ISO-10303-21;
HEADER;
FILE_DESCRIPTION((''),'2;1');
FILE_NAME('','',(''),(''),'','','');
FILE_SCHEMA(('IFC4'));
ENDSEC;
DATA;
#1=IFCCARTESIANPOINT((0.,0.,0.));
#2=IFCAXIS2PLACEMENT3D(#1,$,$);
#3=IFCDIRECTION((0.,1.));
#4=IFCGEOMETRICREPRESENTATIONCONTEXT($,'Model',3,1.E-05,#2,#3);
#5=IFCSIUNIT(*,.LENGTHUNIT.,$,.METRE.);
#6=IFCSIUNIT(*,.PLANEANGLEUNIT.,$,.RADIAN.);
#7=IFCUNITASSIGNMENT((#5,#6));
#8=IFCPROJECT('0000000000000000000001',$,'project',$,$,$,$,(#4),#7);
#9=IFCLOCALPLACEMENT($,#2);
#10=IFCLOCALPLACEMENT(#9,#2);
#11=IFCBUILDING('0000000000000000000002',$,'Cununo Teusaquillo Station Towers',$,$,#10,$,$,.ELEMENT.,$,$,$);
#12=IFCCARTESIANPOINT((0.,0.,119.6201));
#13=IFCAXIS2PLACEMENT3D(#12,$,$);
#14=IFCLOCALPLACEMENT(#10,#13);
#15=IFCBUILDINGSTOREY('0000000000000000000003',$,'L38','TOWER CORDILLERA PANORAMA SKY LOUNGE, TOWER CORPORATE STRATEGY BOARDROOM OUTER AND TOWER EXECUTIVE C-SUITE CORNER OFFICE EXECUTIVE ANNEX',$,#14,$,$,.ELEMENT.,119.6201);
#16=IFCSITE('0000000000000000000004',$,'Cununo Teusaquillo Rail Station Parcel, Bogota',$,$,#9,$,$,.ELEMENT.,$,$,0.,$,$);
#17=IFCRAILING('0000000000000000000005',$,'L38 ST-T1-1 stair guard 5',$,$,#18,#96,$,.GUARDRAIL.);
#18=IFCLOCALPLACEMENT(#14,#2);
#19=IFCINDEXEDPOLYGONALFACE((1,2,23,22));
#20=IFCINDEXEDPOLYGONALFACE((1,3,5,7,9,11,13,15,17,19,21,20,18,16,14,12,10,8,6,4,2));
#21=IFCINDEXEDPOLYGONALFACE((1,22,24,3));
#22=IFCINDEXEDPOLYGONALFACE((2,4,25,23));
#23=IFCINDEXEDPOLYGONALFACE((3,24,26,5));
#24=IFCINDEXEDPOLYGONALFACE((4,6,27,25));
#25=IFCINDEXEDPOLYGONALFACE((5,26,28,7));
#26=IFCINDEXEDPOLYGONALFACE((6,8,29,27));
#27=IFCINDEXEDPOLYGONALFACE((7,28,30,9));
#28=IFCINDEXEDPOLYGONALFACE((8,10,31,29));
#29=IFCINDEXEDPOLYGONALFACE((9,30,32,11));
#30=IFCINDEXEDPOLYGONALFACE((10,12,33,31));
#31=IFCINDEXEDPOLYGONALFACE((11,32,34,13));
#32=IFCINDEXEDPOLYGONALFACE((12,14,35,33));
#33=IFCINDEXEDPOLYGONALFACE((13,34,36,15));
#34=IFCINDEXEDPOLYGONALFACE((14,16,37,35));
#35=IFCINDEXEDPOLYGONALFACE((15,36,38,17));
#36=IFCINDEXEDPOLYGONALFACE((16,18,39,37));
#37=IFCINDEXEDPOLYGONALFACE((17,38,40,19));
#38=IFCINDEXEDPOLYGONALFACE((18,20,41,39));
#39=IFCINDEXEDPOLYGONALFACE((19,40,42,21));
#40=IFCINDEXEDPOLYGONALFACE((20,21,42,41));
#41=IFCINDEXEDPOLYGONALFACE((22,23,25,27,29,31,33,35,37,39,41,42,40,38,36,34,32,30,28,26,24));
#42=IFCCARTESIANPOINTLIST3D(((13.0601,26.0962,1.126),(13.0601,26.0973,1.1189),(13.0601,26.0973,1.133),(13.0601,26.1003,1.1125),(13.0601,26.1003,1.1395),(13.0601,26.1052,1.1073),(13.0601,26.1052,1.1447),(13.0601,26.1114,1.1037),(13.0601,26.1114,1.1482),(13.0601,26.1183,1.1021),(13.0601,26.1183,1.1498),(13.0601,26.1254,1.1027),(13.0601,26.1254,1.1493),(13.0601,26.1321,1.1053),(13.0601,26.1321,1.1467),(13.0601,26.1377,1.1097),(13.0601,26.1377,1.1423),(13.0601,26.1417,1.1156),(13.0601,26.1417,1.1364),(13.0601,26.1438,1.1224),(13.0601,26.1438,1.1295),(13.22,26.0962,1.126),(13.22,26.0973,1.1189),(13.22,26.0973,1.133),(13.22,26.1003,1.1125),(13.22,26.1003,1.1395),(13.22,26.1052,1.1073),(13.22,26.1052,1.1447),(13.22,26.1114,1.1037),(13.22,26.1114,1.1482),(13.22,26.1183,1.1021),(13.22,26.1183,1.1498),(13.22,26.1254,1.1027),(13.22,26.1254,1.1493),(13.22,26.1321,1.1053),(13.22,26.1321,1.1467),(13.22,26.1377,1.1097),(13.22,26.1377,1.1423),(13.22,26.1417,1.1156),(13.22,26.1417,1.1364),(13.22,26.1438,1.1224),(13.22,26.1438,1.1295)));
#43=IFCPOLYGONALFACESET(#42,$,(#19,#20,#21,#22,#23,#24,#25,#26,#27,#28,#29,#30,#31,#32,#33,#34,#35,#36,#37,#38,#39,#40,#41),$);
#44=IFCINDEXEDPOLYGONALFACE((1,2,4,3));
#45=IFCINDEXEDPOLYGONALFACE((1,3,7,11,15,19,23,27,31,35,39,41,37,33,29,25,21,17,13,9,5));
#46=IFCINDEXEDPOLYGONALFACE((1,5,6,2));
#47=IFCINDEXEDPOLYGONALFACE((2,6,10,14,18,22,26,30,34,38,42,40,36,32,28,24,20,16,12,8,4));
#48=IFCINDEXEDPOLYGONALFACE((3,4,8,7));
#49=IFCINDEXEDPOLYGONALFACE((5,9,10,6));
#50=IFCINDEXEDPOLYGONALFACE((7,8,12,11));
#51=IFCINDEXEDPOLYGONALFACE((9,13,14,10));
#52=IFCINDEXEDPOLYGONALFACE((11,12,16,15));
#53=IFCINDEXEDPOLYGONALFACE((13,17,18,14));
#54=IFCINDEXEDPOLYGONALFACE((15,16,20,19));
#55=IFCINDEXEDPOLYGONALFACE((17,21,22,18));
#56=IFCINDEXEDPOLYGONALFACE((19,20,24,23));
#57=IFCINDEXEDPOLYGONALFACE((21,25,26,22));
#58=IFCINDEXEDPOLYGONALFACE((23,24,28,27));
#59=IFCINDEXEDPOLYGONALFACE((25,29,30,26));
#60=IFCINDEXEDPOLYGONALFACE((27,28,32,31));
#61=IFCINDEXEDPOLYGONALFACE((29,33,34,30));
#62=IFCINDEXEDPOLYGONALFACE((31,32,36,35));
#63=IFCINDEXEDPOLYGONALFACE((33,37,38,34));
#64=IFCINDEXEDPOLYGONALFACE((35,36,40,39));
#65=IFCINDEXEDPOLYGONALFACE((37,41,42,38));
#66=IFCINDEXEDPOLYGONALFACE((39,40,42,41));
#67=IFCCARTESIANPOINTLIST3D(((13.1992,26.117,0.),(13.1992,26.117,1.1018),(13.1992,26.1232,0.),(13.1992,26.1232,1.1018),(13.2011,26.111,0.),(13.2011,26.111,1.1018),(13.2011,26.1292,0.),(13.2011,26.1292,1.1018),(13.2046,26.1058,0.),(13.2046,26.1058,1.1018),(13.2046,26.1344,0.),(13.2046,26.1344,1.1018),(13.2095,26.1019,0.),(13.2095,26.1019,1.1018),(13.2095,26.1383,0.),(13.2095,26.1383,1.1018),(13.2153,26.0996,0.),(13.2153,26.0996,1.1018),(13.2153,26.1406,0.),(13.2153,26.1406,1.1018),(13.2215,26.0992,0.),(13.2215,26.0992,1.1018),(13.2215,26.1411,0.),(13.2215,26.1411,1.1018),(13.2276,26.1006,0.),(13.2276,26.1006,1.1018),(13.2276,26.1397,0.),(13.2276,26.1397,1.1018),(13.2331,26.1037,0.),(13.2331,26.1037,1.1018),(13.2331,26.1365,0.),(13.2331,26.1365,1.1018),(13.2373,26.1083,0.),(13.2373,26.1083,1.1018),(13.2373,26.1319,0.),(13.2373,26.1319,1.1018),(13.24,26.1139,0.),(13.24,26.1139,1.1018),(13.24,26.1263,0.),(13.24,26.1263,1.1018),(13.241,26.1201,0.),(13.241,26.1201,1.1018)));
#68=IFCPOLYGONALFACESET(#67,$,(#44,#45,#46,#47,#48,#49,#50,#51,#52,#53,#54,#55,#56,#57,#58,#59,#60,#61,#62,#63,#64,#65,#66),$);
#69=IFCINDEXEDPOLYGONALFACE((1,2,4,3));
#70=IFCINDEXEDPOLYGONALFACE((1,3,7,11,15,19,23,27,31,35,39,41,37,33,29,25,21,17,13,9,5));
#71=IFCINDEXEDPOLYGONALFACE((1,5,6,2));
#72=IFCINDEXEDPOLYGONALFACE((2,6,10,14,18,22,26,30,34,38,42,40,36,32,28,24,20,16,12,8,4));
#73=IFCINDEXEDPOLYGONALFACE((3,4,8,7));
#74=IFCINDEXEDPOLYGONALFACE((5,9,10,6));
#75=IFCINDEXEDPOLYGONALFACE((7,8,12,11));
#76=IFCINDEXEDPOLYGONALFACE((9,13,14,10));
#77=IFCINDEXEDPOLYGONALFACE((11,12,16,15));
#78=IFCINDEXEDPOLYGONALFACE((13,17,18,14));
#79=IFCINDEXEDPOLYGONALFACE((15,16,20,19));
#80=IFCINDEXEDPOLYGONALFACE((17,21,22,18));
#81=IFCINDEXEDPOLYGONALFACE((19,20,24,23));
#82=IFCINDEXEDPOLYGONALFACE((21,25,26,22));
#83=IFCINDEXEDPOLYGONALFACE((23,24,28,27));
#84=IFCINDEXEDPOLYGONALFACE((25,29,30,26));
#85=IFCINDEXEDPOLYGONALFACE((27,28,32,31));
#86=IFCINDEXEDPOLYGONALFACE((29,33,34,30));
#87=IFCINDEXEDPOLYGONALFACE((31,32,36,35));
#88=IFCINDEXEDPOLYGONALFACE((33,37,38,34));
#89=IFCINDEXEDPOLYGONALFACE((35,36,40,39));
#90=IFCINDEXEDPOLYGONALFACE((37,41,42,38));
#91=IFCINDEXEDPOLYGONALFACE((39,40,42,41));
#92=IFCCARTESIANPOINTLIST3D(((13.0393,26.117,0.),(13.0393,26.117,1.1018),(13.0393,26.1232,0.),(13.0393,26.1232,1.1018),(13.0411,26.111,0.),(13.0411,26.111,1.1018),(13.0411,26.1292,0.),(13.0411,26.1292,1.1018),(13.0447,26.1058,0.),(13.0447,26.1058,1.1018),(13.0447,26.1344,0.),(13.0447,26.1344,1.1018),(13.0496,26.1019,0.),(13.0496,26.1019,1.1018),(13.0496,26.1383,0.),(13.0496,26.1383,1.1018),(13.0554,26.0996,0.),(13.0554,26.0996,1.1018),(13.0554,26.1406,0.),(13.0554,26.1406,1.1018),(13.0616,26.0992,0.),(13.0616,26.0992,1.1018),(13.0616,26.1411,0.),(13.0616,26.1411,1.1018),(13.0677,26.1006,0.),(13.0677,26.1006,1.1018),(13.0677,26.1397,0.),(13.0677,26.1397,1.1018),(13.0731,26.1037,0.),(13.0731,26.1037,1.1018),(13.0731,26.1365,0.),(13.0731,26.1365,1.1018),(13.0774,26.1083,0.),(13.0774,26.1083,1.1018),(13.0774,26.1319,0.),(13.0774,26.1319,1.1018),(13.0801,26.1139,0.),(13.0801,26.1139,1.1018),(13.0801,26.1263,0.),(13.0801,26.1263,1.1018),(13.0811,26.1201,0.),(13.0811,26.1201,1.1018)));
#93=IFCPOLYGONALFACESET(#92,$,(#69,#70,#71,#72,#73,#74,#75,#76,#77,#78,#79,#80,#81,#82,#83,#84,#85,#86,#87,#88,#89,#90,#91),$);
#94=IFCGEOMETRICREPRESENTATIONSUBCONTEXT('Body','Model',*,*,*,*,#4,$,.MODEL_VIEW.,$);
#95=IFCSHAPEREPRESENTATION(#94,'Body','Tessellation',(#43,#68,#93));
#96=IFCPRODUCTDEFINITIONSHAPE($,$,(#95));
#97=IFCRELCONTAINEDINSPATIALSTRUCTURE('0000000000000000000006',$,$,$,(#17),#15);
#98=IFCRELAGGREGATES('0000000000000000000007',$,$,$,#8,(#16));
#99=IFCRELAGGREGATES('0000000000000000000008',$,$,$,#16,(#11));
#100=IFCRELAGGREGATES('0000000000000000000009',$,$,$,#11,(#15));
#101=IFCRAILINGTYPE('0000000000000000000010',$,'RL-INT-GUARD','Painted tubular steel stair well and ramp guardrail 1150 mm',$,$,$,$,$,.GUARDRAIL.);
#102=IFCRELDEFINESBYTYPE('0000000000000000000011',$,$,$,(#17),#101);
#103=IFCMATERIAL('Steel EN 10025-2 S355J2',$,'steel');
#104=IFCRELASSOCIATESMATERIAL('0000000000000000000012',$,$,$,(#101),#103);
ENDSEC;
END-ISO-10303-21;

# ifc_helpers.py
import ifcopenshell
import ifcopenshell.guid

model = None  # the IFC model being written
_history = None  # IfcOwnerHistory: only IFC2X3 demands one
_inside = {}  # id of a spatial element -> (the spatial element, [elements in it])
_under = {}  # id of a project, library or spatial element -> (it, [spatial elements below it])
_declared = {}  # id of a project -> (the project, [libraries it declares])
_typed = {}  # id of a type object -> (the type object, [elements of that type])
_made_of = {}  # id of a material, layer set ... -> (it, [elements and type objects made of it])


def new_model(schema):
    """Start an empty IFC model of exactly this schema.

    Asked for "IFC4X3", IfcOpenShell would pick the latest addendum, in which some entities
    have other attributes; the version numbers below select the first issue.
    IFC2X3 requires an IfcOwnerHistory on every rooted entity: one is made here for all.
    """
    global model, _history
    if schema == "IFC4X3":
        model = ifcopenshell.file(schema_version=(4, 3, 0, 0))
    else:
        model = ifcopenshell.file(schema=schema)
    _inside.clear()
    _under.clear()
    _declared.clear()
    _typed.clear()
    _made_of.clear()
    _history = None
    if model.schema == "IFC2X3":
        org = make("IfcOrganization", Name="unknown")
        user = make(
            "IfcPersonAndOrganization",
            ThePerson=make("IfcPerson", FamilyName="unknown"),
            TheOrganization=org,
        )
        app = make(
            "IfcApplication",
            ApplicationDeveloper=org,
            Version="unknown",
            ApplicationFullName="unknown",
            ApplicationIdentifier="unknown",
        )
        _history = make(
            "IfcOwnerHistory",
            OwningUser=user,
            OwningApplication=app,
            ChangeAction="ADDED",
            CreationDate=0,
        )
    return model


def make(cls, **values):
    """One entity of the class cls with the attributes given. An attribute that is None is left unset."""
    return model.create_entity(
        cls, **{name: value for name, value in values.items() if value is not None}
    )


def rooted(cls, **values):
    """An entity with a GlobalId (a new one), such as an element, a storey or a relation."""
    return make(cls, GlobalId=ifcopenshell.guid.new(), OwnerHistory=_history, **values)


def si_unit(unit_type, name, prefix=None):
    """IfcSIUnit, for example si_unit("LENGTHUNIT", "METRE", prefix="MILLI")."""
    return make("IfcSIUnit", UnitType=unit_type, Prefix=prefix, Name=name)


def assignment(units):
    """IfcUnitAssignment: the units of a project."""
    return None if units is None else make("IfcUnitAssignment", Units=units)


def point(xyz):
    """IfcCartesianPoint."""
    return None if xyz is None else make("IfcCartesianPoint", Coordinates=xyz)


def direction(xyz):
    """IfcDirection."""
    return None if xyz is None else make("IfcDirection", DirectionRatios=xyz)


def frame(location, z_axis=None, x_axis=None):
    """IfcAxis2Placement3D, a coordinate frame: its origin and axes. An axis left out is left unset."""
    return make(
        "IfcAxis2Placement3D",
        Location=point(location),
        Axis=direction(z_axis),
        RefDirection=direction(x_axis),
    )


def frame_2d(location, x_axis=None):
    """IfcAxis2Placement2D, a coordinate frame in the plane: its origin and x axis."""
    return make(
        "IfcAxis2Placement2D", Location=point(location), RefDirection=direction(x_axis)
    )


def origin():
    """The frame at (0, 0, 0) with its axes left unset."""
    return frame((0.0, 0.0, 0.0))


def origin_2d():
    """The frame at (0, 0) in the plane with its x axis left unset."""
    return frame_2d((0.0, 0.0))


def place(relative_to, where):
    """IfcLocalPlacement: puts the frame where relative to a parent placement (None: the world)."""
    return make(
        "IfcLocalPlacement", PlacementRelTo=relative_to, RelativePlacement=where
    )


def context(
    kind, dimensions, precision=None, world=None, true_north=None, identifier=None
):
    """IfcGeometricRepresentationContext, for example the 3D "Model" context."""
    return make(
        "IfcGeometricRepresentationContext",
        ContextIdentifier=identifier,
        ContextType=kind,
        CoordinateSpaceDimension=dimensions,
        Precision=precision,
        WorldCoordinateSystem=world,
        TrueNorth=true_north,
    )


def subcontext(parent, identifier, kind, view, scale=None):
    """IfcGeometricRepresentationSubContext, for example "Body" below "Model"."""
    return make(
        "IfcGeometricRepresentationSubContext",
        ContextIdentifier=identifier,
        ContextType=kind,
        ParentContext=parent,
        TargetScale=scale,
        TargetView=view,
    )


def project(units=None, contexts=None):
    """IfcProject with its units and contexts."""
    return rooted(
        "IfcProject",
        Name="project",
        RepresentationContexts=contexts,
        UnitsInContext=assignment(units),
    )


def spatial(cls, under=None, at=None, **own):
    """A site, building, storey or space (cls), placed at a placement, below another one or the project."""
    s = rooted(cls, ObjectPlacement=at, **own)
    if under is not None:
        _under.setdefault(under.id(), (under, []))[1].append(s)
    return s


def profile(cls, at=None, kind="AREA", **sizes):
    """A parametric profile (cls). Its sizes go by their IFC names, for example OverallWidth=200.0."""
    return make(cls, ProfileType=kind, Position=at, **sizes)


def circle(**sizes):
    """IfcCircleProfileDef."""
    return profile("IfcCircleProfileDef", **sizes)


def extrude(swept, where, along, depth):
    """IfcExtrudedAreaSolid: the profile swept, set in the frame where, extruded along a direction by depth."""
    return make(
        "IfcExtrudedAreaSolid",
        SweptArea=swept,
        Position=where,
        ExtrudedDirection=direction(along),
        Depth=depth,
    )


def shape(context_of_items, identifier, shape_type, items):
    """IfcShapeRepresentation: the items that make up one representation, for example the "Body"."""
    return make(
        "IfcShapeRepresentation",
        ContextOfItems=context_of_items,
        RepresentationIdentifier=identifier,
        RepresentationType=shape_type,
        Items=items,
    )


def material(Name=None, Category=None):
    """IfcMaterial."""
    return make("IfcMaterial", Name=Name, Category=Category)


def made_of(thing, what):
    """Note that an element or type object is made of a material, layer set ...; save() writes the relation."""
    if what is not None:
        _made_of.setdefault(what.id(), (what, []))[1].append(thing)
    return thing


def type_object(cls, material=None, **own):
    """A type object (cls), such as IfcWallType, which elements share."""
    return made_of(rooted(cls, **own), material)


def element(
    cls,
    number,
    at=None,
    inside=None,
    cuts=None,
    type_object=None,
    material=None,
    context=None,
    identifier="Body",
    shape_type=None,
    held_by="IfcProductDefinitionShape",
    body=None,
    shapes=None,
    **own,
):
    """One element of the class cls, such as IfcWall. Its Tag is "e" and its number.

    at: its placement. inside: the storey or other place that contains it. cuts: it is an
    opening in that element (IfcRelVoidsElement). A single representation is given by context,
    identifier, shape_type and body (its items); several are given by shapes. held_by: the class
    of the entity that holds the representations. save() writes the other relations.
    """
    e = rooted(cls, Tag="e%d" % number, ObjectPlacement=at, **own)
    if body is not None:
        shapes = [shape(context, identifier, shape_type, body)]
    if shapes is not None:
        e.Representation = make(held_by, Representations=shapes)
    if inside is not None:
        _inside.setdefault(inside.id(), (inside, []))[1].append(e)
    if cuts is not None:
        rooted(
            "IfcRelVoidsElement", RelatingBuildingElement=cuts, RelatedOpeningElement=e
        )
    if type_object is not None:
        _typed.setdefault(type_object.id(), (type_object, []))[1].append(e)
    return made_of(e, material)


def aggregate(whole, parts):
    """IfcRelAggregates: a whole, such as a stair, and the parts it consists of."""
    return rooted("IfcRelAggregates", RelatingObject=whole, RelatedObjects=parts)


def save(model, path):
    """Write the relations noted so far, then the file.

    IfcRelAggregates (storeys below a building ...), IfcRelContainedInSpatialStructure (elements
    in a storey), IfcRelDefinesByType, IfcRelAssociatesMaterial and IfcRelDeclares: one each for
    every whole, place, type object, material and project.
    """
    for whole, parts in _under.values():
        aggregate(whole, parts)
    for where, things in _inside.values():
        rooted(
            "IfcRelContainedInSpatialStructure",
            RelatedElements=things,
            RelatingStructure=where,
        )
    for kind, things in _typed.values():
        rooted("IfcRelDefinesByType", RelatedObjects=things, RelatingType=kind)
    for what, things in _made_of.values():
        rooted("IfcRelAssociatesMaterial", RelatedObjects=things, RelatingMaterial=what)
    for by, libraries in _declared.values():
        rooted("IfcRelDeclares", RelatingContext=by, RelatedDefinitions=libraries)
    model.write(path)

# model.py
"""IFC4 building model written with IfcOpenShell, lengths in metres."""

from ifc_helpers import new_model, si_unit, direction, frame, origin, origin_2d, place, context, subcontext, project, spatial, circle, extrude, material, type_object, element, save


model = new_model("IFC4")

# Units and contexts
model_context = context("Model", 3, precision=1e-05, world=origin(), true_north=direction((0.0, 1.0)))
body_context = subcontext(model_context, "Body", "Model", "MODEL_VIEW")
ifc_project = project(units=[si_unit("LENGTHUNIT", "METRE"), si_unit("PLANEANGLEUNIT", "RADIAN")], contexts=[model_context])

# Site, building, storey
site_placement = place(None, origin())
site = spatial("IfcSite", under=ifc_project, at=site_placement, Name="Cununo Teusaquillo Rail Station Parcel, Bogota", CompositionType="ELEMENT", RefElevation=0.0)
building_placement = place(site_placement, origin())
building = spatial("IfcBuilding", under=site, at=building_placement, Name="Cununo Teusaquillo Station Towers", CompositionType="ELEMENT")
storey_placement = place(building_placement, frame((0.0, 0.0, 119.6201)))
storey = spatial("IfcBuildingStorey", under=building, at=storey_placement, Name="L38", Description="TOWER CORDILLERA PANORAMA SKY LOUNGE, TOWER CORPORATE STRATEGY BOARDROOM OUTER AND TOWER EXECUTIVE C-SUITE CORNER OFFICE EXECUTIVE ANNEX", CompositionType="ELEMENT", Elevation=119.6201)

# Railing
ifc_material_1 = material(Name="Steel EN 10025-2 S355J2", Category="steel")
railing_type_1 = type_object("IfcRailingType", Name="RL-INT-GUARD", Description="Painted tubular steel stair well and ramp guardrail 1150 mm", PredefinedType="GUARDRAIL", material=ifc_material_1)
railing_1_placement = place(storey_placement, frame((13.22, 26.1201, 0.0)))
element("IfcRailing", 1, at=railing_1_placement, inside=storey, type_object=railing_type_1, Name="L38 ST-T1-1 stair guard 5", PredefinedType="GUARDRAIL", context=body_context, shape_type="SweptSolid", body=[
    extrude(circle(Radius=0.0239, at=origin_2d()), frame((0.0, 0.0, 1.126), z_axis=(-1.0, 0.0, 0.0), x_axis=(0.0, -1.0, 0.0)), (0.0, 0.0, 1.0), 0.1599),
    extrude(circle(Radius=0.021, at=origin_2d()), origin(), (0.0, 0.0, 1.0), 1.1018),
    extrude(circle(Radius=0.021, at=origin_2d()), frame((-0.1599, 0.0, 0.0)), (0.0, 0.0, 1.0), 1.1018),
])

save(model, "model.ifc")
